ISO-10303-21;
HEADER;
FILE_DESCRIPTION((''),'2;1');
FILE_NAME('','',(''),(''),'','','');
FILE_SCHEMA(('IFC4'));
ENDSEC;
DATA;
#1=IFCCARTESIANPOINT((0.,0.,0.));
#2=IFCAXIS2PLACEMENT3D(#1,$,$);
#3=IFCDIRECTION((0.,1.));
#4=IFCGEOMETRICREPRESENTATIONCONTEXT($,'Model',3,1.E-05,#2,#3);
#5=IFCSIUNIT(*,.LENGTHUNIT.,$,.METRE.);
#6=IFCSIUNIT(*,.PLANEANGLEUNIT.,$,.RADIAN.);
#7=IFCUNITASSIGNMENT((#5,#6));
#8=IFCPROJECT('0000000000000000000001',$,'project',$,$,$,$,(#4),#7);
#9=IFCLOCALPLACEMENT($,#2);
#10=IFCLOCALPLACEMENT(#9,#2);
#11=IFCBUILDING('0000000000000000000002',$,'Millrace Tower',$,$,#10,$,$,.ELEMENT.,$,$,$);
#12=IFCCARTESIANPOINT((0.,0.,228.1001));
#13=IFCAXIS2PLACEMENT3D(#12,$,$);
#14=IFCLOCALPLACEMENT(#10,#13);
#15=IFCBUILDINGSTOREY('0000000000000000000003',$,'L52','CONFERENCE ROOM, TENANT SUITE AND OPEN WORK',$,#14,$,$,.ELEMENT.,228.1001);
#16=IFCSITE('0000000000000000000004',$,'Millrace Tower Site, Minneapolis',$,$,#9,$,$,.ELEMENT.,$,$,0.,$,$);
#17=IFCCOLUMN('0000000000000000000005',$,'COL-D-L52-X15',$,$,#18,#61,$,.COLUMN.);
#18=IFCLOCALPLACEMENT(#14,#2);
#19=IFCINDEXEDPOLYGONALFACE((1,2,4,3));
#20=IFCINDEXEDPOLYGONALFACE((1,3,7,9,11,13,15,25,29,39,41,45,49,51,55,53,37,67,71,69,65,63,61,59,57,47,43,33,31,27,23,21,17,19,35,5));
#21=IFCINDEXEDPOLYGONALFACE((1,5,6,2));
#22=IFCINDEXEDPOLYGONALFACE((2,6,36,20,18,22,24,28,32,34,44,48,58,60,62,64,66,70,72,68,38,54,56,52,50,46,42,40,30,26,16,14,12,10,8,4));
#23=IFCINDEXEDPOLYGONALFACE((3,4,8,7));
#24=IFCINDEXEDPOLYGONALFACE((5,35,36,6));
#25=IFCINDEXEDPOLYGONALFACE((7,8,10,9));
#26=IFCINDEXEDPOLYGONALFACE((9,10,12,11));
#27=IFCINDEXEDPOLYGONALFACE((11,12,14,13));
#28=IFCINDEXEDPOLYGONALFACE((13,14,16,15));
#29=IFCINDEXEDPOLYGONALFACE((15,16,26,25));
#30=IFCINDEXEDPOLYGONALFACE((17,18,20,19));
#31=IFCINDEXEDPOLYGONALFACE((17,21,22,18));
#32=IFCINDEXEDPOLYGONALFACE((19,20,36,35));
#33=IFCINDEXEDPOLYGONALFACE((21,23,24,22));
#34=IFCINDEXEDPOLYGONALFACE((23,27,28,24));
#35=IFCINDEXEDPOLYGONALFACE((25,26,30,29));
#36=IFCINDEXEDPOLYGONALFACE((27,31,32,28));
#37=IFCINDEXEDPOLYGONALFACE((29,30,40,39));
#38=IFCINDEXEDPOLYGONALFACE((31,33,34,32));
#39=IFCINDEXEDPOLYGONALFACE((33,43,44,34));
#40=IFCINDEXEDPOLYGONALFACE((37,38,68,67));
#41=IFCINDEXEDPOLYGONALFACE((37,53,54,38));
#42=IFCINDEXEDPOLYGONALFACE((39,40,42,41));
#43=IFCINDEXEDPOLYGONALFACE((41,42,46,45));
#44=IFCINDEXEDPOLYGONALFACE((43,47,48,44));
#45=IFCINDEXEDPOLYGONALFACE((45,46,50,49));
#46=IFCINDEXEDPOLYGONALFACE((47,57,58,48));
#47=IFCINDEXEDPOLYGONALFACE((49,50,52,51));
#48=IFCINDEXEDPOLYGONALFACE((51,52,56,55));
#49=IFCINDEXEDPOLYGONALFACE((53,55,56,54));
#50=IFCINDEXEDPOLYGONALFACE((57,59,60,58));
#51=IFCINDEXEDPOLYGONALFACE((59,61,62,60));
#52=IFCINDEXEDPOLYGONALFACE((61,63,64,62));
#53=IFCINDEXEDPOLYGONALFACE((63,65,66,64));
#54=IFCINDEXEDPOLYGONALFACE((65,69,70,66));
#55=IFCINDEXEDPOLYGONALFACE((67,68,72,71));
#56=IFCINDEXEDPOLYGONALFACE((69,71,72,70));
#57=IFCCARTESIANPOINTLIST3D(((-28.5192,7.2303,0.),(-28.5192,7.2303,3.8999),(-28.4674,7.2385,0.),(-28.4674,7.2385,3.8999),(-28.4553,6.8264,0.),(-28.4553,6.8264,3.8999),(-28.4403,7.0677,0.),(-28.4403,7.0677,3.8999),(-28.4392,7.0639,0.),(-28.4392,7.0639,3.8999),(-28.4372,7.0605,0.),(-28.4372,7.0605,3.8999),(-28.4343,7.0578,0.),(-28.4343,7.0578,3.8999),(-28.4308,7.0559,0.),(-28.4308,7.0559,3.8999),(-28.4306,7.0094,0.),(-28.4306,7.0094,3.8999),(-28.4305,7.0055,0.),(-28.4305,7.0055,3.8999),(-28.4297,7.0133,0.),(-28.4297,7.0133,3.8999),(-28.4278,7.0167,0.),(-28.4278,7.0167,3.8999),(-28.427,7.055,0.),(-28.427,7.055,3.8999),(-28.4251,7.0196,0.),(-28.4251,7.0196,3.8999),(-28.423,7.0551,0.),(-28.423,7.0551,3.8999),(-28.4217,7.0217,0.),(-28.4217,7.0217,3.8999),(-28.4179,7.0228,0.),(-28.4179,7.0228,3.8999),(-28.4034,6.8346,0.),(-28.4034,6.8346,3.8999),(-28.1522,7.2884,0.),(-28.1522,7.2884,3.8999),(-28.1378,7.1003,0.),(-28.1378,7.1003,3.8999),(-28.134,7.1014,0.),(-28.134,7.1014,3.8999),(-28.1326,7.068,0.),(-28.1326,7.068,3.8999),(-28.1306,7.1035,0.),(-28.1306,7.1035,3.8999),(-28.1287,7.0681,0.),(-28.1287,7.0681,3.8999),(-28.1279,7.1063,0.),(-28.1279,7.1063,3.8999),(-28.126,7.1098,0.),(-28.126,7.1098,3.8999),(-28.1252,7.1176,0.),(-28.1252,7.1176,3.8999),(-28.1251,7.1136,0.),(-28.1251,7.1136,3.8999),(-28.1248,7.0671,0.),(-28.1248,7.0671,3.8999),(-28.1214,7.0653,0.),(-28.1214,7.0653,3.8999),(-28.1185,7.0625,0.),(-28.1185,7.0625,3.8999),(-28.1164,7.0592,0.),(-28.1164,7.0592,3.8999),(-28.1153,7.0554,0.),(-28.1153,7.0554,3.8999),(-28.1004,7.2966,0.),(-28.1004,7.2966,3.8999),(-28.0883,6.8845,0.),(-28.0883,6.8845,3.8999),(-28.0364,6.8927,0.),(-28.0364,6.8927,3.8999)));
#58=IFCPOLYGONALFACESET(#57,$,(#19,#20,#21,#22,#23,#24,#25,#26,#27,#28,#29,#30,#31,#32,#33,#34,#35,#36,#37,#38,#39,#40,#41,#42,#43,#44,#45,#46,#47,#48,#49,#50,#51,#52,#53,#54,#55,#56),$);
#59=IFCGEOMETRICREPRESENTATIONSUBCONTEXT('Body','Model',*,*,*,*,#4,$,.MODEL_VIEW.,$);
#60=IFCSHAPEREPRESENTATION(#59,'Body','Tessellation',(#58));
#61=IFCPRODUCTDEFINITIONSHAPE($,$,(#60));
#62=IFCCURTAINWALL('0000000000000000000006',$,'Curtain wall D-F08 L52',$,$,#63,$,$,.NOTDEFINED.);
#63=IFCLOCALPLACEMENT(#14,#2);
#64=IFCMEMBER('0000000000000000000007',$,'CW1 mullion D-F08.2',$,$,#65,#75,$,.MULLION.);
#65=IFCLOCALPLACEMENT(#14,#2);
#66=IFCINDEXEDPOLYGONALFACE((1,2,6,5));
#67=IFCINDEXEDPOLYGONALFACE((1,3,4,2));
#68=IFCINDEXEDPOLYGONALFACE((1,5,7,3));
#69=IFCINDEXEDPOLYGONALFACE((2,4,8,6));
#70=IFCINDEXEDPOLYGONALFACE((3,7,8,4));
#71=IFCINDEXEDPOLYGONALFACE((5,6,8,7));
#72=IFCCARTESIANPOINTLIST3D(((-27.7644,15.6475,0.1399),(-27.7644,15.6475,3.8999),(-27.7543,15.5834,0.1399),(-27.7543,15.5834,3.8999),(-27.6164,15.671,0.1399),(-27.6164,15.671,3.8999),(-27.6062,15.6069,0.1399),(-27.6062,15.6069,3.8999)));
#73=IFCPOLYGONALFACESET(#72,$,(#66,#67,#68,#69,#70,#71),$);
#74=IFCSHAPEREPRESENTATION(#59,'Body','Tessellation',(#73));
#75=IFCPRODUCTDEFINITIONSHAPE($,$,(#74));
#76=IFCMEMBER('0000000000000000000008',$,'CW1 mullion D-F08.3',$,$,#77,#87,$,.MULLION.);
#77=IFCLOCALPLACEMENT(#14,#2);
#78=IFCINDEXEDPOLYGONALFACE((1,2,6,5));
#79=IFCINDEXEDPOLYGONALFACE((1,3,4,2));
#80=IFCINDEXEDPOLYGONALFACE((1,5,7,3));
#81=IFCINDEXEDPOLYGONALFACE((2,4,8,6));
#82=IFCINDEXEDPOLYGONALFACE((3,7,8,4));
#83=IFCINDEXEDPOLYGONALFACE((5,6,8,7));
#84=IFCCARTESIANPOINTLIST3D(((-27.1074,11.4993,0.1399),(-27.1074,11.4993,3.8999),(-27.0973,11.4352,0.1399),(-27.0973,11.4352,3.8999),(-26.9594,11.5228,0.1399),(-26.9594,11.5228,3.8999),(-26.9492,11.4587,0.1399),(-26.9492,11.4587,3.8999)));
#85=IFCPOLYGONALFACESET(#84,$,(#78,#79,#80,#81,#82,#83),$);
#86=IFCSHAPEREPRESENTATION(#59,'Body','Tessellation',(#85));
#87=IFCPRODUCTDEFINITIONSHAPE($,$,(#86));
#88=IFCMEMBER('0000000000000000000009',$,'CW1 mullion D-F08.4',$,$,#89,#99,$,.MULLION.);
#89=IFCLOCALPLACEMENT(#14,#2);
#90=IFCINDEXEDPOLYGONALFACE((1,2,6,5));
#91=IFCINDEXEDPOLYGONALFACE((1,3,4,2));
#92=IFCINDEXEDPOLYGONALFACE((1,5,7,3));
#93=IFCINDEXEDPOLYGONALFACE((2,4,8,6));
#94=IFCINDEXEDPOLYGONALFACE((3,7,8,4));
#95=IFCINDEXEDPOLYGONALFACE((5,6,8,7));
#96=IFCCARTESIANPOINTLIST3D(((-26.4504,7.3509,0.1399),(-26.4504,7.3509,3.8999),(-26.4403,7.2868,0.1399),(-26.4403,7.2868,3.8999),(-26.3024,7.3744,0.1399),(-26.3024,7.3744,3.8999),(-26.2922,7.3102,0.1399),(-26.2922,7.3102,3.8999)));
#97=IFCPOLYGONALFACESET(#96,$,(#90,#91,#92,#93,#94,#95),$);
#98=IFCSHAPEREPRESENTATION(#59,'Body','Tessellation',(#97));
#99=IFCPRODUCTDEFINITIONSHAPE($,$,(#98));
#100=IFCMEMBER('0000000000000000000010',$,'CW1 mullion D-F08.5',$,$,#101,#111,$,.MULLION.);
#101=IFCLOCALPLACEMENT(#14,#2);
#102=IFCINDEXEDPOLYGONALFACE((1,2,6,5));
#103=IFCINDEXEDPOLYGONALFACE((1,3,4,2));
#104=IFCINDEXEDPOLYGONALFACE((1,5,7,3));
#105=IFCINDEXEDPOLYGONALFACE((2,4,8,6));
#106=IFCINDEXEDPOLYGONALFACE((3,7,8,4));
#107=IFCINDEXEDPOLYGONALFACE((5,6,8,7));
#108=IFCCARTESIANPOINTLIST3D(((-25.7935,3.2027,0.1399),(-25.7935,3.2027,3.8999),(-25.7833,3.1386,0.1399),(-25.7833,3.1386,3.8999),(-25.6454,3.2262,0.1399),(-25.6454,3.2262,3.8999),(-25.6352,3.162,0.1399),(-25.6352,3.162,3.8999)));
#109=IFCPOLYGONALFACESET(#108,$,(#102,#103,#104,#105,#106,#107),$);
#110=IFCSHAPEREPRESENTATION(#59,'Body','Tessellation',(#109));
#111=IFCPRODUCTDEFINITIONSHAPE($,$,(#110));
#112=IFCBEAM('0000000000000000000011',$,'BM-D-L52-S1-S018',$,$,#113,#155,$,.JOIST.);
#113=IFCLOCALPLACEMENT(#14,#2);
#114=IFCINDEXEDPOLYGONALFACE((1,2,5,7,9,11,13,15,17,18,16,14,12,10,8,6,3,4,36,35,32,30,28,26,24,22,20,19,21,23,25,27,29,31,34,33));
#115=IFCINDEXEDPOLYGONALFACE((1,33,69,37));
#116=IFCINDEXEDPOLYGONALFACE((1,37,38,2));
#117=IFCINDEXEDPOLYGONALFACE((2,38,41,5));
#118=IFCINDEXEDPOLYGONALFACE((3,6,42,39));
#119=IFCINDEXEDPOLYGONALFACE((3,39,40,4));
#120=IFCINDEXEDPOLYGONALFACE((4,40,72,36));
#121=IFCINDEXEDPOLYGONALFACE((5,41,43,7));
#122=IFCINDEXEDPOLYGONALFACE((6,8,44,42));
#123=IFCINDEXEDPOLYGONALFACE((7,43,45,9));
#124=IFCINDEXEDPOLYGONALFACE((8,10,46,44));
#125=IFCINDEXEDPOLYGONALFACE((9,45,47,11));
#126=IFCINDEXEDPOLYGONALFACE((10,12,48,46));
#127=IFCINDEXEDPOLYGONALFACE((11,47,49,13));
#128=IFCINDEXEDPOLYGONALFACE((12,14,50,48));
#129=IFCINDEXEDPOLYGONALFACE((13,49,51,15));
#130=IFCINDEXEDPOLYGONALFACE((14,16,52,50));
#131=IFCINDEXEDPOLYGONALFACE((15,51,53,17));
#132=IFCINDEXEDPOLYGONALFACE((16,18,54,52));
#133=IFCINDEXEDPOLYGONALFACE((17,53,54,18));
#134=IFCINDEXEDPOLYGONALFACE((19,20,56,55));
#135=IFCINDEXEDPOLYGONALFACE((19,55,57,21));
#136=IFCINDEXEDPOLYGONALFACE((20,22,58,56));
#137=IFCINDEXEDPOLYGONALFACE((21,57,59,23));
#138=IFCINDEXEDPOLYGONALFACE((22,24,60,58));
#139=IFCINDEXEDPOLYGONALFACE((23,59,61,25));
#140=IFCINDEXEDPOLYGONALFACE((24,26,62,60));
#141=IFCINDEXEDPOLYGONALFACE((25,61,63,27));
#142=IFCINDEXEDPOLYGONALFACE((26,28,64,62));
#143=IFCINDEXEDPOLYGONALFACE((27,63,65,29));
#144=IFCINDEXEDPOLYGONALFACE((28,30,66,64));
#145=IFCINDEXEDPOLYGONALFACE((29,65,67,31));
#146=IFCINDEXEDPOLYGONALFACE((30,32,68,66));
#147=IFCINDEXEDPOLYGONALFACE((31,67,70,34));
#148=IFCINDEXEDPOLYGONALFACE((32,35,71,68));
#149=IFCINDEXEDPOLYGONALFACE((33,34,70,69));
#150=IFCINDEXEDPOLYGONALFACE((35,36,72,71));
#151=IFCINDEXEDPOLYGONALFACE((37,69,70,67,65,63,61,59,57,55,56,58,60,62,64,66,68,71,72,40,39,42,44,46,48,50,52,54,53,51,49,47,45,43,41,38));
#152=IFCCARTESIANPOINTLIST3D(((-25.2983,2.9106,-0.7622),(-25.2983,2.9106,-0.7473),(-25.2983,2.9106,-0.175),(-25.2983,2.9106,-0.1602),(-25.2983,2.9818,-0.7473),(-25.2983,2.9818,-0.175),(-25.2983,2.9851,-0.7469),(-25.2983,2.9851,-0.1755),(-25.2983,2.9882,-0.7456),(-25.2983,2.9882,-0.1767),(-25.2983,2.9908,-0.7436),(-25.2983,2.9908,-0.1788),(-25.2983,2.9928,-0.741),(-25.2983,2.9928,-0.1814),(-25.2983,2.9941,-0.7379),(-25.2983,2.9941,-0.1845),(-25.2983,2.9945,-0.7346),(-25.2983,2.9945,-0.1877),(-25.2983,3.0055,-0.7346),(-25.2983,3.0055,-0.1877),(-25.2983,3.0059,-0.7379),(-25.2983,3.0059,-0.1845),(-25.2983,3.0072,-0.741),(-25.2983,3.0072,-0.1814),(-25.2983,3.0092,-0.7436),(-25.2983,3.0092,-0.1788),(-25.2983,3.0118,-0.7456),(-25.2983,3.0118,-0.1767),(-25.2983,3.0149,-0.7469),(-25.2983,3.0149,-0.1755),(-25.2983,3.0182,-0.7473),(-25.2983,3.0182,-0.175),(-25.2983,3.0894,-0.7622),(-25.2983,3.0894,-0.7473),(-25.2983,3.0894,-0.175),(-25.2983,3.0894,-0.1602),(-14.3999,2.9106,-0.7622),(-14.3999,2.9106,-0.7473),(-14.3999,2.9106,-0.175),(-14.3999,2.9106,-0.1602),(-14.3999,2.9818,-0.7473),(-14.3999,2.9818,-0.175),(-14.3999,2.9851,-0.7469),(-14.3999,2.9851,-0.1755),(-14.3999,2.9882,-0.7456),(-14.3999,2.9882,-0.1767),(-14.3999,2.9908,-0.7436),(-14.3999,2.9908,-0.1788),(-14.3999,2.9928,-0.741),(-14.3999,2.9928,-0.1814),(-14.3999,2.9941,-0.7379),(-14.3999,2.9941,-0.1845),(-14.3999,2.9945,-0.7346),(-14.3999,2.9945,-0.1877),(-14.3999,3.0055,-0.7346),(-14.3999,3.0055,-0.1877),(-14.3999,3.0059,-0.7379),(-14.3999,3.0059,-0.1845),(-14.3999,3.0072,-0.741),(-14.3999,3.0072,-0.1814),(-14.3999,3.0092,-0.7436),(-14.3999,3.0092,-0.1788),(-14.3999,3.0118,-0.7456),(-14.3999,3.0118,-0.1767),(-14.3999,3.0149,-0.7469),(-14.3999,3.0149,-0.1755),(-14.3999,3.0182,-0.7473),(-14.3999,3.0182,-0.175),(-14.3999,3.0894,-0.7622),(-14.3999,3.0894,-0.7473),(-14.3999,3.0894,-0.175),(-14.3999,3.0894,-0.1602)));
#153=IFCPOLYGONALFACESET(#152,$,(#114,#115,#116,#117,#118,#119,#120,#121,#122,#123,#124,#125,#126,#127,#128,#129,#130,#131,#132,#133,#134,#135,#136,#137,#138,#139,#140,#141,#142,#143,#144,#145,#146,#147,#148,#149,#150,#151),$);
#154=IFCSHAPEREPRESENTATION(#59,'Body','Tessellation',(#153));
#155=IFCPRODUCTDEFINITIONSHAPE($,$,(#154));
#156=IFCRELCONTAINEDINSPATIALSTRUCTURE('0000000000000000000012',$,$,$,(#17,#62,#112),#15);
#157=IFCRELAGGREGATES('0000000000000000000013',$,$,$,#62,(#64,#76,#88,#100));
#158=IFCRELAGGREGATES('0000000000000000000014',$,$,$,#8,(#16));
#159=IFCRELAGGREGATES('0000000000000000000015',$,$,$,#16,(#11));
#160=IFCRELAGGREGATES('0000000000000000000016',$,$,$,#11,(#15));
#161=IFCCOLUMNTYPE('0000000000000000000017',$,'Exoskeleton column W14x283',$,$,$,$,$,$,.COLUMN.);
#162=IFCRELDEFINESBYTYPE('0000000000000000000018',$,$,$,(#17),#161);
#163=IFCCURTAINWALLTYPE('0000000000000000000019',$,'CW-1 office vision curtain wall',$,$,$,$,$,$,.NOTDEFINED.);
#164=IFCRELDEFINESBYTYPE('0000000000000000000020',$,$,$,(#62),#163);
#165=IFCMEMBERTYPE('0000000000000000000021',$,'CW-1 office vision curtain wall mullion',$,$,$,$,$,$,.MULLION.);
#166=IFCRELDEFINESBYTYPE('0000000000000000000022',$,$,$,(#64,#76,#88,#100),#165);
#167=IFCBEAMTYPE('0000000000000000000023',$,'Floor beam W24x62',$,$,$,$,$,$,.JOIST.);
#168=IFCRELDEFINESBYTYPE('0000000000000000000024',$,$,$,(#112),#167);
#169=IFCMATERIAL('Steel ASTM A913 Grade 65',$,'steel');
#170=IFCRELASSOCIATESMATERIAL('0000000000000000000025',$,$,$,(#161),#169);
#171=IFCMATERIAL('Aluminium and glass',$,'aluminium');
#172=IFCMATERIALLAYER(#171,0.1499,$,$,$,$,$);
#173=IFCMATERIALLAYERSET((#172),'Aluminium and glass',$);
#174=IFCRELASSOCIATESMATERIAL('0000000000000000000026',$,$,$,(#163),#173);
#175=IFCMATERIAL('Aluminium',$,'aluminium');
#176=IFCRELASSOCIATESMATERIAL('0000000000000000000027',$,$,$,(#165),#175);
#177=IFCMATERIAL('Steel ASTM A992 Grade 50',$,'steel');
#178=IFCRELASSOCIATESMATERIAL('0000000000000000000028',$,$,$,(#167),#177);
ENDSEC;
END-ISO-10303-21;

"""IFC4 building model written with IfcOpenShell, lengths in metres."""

from ifc_helpers import new_model, si_unit, direction, frame, origin, origin_2d, place, context, subcontext, project, spatial, rectangle, i_section, extrude, material, layer, layer_set, material_profile, profile_set, type_object, element, aggregate, save


model = new_model("IFC4")

# Units and contexts
model_context = context("Model", 3, precision=1e-05, world=origin(), true_north=direction((0.0, 1.0)))
body_context = subcontext(model_context, "Body", "Model", "MODEL_VIEW")
ifc_project = project(units=[si_unit("LENGTHUNIT", "METRE"), si_unit("PLANEANGLEUNIT", "RADIAN")], contexts=[model_context])

# Site, building, storey
site_placement = place(None, origin())
site = spatial("IfcSite", under=ifc_project, at=site_placement, Name="Millrace Tower Site, Minneapolis", CompositionType="ELEMENT", RefElevation=0.0)
building_placement = place(site_placement, origin())
building = spatial("IfcBuilding", under=site, at=building_placement, Name="Millrace Tower", CompositionType="ELEMENT")
storey_placement = place(building_placement, frame((0.0, 0.0, 228.1001)))
storey = spatial("IfcBuildingStorey", under=building, at=storey_placement, Name="L52", Description="CONFERENCE ROOM, TENANT SUITE AND OPEN WORK", CompositionType="ELEMENT", Elevation=228.1001)

# Column
ifc_material_1 = material(Name="Steel ASTM A913 Grade 65", Category="steel")
ifc_material_profile_1 = material_profile(ifc_material_1, i_section(OverallWidth=0.4089, OverallDepth=0.4241, WebThickness=0.0327, FlangeThickness=0.0525, FilletRadius=0.0151, at=origin_2d()))
ifc_profile_set_1 = profile_set([ifc_material_profile_1], Name="Steel ASTM A913 Grade 65")
column_type = type_object("IfcColumnType", Name="Exoskeleton column W14x283", PredefinedType="COLUMN", material=ifc_profile_set_1)
column_placement = place(storey_placement, frame((-28.2778, 7.0615, 0.0), z_axis=(0.0, 0.0, 1.0), x_axis=(0.156434, -0.987688, 0.0)))
element("IfcColumn", 1, at=column_placement, inside=storey, type_object=column_type, Name="COL-D-L52-X15", PredefinedType="COLUMN", context=body_context, shape_type="SweptSolid", body=[
    extrude(i_section(OverallWidth=0.4089, OverallDepth=0.4241, WebThickness=0.0327, FlangeThickness=0.0525, FilletRadius=0.0151, at=origin_2d()), origin(), (0.0, 0.0, 1.0), 3.8999),
])

# Curtain wall, members
ifc_material_2 = material(Name="Aluminium and glass", Category="aluminium")
ifc_layer_1 = layer(ifc_material_2, 0.1499)
ifc_layer_set_1 = layer_set([ifc_layer_1], Name="Aluminium and glass")
curtain_wall_type = type_object("IfcCurtainWallType", Name="CW-1 office vision curtain wall", PredefinedType="NOTDEFINED", material=ifc_layer_set_1)
curtain_wall_placement = place(storey_placement, origin())
curtain_wall = element("IfcCurtainWall", 2, at=curtain_wall_placement, inside=storey, type_object=curtain_wall_type, Name="Curtain wall D-F08 L52", PredefinedType="NOTDEFINED")
ifc_material_3 = material(Name="Aluminium", Category="aluminium")
ifc_material_profile_2 = material_profile(ifc_material_3, rectangle(XDim=0.0649, YDim=0.1499, at=origin_2d()))
ifc_profile_set_2 = profile_set([ifc_material_profile_2], Name="Aluminium")
member_type = type_object("IfcMemberType", Name="CW-1 office vision curtain wall mullion", PredefinedType="MULLION", material=ifc_profile_set_2)
member_1_placement = place(storey_placement, frame((-27.6853, 15.6272, 0.1399), z_axis=(0.0, 0.0, 1.0), x_axis=(0.156434, -0.987688, 0.0)))
member_1 = element("IfcMember", 3, at=member_1_placement, type_object=member_type, Name="CW1 mullion D-F08.2", PredefinedType="MULLION", context=body_context, shape_type="SweptSolid", body=[
    extrude(rectangle(XDim=0.0649, YDim=0.1499, at=origin_2d()), origin(), (0.0, 0.0, 1.0), 3.76),
])
member_2_placement = place(storey_placement, frame((-27.0283, 11.479, 0.1399), z_axis=(0.0, 0.0, 1.0), x_axis=(0.156434, -0.987688, 0.0)))
member_2 = element("IfcMember", 4, at=member_2_placement, type_object=member_type, Name="CW1 mullion D-F08.3", PredefinedType="MULLION", context=body_context, shape_type="SweptSolid", body=[
    extrude(rectangle(XDim=0.0649, YDim=0.1499, at=origin_2d()), origin(), (0.0, 0.0, 1.0), 3.76),
])
member_3_placement = place(storey_placement, frame((-26.3713, 7.3306, 0.1399), z_axis=(0.0, 0.0, 1.0), x_axis=(0.156434, -0.987688, 0.0)))
member_3 = element("IfcMember", 5, at=member_3_placement, type_object=member_type, Name="CW1 mullion D-F08.4", PredefinedType="MULLION", context=body_context, shape_type="SweptSolid", body=[
    extrude(rectangle(XDim=0.0649, YDim=0.1499, at=origin_2d()), origin(), (0.0, 0.0, 1.0), 3.76),
])
member_4_placement = place(storey_placement, frame((-25.7144, 3.1824, 0.1399), z_axis=(0.0, 0.0, 1.0), x_axis=(0.156434, -0.987688, 0.0)))
member_4 = element("IfcMember", 6, at=member_4_placement, type_object=member_type, Name="CW1 mullion D-F08.5", PredefinedType="MULLION", context=body_context, shape_type="SweptSolid", body=[
    extrude(rectangle(XDim=0.0649, YDim=0.1499, at=origin_2d()), origin(), (0.0, 0.0, 1.0), 3.76),
])
aggregate(curtain_wall, [member_1, member_2, member_3, member_4])

# Beam
ifc_material_4 = material(Name="Steel ASTM A992 Grade 50", Category="steel")
ifc_material_profile_3 = material_profile(ifc_material_4, i_section(OverallWidth=0.1787, OverallDepth=0.6021, WebThickness=0.011, FlangeThickness=0.0149, FilletRadius=0.0127, at=origin_2d()))
ifc_profile_set_3 = profile_set([ifc_material_profile_3], Name="Steel ASTM A992 Grade 50")
beam_type_1 = type_object("IfcBeamType", Name="Floor beam W24x62", PredefinedType="JOIST", material=ifc_profile_set_3)
beam_1_placement = place(storey_placement, frame((-25.2983, 3.0, -0.4612), z_axis=(1.0, 0.0, 0.0), x_axis=(0.0, 1.0, 0.0)))
element("IfcBeam", 7, at=beam_1_placement, inside=storey, type_object=beam_type_1, Name="BM-D-L52-S1-S018", PredefinedType="JOIST", context=body_context, shape_type="SweptSolid", body=[
    extrude(i_section(OverallWidth=0.1787, OverallDepth=0.6021, WebThickness=0.011, FlangeThickness=0.0149, FilletRadius=0.0127, at=origin_2d()), origin(), (0.0, 0.0, 1.0), 10.8984),
])

save(model, "model.ifc")
